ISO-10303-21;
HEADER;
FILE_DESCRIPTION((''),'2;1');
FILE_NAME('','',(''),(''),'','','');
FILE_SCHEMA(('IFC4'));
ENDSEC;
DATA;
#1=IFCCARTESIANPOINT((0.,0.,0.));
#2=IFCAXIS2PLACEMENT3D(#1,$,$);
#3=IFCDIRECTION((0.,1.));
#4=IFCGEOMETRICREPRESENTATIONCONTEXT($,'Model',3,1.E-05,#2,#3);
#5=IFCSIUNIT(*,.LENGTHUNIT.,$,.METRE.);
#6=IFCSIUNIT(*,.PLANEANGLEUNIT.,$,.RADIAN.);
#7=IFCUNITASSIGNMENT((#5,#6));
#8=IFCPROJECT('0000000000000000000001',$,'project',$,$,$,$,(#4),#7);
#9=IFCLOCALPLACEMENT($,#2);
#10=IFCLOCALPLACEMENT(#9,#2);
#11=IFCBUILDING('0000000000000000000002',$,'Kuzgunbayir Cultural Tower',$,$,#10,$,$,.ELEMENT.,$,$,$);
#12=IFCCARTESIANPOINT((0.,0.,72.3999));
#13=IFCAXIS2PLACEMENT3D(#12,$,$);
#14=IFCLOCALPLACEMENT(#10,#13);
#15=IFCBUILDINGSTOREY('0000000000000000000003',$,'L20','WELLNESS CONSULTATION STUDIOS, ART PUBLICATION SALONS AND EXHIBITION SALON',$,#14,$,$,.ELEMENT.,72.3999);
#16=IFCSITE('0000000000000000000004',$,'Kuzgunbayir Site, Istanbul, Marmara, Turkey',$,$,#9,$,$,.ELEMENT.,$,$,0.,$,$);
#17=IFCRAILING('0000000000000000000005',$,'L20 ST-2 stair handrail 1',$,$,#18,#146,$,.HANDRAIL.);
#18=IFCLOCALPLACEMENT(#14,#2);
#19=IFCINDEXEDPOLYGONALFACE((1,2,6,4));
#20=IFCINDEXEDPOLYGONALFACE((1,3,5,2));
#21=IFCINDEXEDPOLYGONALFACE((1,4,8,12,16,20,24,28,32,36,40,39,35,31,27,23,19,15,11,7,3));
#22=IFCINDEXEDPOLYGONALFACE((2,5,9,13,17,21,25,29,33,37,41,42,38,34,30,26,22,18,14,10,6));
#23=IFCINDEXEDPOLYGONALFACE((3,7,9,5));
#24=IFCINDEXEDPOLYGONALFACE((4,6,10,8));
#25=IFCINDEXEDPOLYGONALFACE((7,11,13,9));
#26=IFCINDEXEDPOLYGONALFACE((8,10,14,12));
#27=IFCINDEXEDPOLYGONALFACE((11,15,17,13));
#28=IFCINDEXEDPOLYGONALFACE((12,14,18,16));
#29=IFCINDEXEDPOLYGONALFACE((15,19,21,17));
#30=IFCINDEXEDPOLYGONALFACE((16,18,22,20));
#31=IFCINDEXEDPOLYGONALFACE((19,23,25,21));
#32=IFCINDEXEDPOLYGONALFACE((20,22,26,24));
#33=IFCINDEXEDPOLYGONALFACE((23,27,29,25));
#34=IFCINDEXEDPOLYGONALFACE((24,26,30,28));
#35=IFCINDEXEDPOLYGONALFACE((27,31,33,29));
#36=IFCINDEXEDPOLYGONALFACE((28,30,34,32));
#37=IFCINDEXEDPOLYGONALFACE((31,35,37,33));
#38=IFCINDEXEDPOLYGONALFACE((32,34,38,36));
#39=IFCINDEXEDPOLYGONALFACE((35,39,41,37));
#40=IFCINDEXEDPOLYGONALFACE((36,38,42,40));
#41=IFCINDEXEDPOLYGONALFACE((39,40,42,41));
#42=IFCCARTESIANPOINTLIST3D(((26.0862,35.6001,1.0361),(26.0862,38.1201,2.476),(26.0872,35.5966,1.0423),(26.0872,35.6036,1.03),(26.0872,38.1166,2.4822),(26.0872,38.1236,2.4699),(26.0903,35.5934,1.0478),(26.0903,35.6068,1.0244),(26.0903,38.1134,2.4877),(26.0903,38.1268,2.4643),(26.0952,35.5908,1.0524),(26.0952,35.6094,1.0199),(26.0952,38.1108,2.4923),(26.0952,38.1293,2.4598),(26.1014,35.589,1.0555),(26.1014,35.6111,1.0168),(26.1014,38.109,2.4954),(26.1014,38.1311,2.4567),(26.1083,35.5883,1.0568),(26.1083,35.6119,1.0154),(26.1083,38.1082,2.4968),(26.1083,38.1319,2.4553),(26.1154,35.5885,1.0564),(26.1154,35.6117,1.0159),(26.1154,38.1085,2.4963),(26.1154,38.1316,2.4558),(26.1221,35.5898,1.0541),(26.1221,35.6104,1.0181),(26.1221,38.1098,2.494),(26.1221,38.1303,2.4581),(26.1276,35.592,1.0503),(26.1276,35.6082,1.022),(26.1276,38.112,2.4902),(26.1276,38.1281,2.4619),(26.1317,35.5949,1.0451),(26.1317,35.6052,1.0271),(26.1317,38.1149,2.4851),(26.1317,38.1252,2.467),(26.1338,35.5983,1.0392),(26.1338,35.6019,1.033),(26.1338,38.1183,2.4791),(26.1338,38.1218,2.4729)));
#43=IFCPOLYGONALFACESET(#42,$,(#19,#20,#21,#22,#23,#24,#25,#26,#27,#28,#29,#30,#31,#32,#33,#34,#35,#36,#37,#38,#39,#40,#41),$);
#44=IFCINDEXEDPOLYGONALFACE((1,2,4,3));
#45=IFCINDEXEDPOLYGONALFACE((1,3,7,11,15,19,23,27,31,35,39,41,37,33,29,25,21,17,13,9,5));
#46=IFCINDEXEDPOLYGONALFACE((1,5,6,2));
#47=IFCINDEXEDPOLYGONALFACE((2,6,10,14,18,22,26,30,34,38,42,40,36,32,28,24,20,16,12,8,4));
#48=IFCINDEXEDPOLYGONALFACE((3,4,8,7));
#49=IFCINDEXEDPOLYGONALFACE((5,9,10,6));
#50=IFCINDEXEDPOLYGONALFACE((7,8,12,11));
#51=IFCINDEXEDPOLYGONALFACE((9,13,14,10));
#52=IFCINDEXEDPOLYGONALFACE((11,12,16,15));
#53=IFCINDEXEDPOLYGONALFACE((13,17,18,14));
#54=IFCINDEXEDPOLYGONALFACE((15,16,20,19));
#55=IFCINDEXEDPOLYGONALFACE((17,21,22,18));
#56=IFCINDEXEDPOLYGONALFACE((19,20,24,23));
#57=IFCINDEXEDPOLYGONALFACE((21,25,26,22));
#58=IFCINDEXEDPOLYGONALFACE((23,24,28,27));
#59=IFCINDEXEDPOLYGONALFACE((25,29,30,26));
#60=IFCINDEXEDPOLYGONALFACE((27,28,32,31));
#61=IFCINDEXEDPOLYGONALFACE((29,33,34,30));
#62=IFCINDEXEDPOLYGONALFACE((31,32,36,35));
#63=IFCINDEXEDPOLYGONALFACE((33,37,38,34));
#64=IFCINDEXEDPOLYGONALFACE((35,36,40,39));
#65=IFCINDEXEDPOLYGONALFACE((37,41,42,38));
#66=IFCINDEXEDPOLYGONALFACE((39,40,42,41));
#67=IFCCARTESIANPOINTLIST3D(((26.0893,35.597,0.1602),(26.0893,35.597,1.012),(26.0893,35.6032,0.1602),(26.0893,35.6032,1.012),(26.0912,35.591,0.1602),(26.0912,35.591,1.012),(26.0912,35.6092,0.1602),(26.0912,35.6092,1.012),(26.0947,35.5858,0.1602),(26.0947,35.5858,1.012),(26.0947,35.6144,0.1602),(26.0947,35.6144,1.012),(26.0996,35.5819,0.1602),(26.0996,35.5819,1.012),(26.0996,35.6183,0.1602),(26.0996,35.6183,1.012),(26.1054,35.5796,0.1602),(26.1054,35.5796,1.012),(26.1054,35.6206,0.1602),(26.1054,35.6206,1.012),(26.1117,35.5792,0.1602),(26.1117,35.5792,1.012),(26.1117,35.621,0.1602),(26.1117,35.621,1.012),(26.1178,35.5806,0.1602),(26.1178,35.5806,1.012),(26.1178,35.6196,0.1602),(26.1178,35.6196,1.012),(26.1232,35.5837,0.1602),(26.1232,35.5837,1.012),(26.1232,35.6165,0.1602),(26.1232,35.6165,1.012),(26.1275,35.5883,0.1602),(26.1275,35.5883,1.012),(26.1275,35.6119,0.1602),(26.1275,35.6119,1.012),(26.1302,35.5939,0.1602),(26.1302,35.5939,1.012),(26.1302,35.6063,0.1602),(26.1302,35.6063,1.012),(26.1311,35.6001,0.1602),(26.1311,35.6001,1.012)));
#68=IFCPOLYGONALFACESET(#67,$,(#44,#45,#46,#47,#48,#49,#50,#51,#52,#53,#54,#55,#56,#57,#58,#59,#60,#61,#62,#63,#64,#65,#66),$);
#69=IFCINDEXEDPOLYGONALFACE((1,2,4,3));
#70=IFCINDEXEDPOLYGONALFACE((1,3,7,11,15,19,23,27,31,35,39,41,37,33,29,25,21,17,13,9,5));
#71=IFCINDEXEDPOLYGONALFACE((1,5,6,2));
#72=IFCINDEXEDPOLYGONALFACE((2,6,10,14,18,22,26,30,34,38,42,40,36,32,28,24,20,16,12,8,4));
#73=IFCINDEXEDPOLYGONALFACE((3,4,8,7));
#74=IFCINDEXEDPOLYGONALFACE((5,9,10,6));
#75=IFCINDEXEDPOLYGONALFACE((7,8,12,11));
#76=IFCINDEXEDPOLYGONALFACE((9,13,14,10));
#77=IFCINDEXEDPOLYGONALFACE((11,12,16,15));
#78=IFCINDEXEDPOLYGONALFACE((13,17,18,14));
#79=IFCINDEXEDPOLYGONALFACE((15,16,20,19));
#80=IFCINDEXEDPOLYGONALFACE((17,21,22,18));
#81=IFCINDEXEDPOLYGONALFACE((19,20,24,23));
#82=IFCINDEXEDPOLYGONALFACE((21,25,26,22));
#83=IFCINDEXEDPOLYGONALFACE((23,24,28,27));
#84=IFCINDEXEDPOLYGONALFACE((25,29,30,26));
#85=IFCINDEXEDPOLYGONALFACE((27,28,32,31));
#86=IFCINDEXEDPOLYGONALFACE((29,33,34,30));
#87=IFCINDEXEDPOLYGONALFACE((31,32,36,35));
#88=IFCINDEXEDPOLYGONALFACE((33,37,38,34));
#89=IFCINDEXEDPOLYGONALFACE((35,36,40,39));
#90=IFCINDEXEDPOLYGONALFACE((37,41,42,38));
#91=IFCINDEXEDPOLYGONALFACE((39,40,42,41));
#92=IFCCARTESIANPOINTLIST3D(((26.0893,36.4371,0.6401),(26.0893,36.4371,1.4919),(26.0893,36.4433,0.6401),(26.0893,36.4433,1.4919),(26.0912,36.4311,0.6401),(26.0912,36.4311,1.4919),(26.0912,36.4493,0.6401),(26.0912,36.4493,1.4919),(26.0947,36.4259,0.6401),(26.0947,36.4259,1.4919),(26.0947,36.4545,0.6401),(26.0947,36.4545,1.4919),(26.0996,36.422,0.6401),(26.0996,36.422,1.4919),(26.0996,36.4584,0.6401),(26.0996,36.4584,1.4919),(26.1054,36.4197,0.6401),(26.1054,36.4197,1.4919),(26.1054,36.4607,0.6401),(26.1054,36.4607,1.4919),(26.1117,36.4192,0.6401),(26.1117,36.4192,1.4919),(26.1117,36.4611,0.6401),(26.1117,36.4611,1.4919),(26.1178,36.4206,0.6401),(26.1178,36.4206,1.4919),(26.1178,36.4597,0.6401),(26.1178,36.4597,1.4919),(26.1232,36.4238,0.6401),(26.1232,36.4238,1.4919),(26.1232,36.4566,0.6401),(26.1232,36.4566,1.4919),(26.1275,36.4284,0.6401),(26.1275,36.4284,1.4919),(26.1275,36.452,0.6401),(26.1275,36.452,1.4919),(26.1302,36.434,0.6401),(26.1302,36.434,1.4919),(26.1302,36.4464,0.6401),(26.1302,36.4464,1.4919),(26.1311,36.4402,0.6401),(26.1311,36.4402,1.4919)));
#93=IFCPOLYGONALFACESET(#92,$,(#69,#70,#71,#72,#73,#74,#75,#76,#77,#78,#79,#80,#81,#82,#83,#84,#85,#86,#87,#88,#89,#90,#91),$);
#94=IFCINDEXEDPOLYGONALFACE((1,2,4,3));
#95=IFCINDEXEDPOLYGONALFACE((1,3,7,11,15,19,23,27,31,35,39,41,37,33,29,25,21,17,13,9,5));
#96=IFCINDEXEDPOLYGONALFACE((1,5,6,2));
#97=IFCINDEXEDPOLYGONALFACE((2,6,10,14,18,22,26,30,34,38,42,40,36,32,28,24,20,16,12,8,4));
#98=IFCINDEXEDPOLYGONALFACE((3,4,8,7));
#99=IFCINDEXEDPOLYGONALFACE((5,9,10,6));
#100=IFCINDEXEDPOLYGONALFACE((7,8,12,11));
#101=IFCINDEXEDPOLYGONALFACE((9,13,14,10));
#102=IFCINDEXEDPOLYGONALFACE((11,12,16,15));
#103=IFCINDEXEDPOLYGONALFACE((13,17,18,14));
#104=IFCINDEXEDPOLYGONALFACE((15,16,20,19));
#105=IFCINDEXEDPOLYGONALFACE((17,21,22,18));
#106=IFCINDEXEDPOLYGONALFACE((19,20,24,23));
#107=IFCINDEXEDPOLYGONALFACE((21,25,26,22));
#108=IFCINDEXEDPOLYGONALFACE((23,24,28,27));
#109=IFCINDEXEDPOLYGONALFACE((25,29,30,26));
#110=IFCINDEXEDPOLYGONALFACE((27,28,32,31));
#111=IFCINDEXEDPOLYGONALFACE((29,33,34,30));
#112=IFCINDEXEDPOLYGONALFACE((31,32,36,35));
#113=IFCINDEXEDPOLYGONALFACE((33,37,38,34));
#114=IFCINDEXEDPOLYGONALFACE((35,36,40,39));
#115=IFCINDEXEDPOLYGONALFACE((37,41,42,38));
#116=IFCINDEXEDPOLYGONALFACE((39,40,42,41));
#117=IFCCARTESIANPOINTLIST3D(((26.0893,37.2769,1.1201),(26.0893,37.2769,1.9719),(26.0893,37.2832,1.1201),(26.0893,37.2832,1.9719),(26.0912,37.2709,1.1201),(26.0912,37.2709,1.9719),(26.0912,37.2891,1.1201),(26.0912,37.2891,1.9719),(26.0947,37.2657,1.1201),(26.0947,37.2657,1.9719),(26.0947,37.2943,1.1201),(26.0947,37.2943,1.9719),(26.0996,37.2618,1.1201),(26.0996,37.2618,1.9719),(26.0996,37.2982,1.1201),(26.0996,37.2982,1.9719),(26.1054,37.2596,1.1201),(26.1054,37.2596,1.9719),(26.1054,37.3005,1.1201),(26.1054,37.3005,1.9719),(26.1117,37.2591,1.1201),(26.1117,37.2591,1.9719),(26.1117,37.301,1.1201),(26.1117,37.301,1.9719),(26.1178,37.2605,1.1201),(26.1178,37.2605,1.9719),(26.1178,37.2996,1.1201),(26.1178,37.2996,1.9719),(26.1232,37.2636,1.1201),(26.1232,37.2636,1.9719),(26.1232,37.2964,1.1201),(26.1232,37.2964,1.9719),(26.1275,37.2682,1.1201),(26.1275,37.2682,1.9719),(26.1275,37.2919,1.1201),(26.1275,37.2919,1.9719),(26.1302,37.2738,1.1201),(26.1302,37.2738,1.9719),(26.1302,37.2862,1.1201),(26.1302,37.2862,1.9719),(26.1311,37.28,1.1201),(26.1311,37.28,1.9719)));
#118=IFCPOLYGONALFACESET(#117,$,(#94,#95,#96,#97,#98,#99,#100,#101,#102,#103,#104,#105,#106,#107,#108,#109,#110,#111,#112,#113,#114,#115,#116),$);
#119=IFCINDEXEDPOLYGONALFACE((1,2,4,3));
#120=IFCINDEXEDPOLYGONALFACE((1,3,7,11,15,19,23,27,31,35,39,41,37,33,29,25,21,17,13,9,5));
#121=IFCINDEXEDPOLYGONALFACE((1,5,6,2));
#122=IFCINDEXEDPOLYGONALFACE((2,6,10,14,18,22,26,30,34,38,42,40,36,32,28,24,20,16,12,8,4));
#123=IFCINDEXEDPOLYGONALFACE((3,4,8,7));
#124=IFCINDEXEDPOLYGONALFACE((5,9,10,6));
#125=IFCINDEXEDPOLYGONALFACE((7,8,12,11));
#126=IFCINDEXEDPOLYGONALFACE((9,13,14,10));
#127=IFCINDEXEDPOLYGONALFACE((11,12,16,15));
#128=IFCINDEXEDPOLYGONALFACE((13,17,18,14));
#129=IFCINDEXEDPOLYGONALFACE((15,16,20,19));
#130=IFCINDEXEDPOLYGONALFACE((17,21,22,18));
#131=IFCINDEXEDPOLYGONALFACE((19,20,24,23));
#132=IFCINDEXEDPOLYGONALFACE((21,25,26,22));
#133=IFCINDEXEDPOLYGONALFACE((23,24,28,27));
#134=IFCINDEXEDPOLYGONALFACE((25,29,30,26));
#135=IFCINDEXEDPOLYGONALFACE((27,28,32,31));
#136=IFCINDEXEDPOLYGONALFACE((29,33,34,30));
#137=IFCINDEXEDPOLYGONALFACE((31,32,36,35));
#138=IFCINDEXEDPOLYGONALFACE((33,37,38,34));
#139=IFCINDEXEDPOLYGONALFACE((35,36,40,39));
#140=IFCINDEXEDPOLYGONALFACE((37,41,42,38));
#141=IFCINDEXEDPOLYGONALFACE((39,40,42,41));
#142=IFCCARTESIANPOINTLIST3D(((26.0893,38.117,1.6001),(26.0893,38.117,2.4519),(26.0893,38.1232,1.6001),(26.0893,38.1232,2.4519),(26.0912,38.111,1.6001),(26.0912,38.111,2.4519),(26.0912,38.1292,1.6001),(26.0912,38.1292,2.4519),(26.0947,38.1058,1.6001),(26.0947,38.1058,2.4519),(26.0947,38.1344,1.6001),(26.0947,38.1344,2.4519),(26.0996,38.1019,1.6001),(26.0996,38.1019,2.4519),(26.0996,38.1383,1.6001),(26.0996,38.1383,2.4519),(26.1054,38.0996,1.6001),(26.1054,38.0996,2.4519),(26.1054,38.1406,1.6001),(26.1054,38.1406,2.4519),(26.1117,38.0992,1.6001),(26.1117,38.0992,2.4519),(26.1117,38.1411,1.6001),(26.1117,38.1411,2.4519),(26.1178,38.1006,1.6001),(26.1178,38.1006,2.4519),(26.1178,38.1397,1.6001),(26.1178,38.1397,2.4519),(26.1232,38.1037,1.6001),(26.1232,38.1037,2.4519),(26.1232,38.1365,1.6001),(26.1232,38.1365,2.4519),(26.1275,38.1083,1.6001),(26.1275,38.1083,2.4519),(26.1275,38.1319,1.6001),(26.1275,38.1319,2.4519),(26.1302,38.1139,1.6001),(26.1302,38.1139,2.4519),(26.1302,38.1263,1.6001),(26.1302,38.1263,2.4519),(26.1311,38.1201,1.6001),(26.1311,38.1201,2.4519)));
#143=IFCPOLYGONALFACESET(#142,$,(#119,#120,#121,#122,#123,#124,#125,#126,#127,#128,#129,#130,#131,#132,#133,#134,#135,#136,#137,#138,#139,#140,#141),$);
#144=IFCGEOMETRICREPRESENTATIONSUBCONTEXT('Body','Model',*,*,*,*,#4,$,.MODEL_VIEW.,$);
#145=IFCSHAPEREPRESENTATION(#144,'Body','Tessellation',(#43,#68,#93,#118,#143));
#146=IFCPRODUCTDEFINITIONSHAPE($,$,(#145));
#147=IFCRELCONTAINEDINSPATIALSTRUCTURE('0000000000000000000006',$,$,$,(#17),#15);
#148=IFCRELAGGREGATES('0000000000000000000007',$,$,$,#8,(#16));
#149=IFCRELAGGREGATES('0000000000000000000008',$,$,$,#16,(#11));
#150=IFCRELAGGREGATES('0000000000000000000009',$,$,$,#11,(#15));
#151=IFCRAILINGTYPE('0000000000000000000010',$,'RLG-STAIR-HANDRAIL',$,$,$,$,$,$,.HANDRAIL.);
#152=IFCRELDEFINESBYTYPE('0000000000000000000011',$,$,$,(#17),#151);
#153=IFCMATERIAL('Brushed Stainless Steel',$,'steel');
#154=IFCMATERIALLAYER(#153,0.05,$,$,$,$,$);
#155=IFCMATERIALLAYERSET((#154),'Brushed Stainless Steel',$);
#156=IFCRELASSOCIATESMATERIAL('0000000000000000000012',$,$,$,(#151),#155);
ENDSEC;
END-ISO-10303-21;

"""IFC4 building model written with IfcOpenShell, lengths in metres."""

from ifc_helpers import new_model, si_unit, direction, frame, origin, origin_2d, place, context, subcontext, project, spatial, circle, extrude, material, layer, layer_set, type_object, element, save


model = new_model("IFC4")

# Units and contexts
model_context = context("Model", 3, precision=1e-05, world=origin(), true_north=direction((0.0, 1.0)))
body_context = subcontext(model_context, "Body", "Model", "MODEL_VIEW")
ifc_project = project(units=[si_unit("LENGTHUNIT", "METRE"), si_unit("PLANEANGLEUNIT", "RADIAN")], contexts=[model_context])

# Site, building, storey
site_placement = place(None, origin())
site = spatial("IfcSite", under=ifc_project, at=site_placement, Name="Kuzgunbayir Site, Istanbul, Marmara, Turkey", CompositionType="ELEMENT", RefElevation=0.0)
building_placement = place(site_placement, origin())
building = spatial("IfcBuilding", under=site, at=building_placement, Name="Kuzgunbayir Cultural Tower", CompositionType="ELEMENT")
storey_placement = place(building_placement, frame((0.0, 0.0, 72.3999)))
storey = spatial("IfcBuildingStorey", under=building, at=storey_placement, Name="L20", Description="WELLNESS CONSULTATION STUDIOS, ART PUBLICATION SALONS AND EXHIBITION SALON", CompositionType="ELEMENT", Elevation=72.3999)

# Shared definitions
ifc_material_1 = material(Name="Brushed Stainless Steel", Category="steel")

# Railing
ifc_layer_1 = layer(ifc_material_1, 0.05)
ifc_layer_set_1 = layer_set([ifc_layer_1], Name="Brushed Stainless Steel")
railing_type_1 = type_object("IfcRailingType", Name="RLG-STAIR-HANDRAIL", PredefinedType="HANDRAIL", material=ifc_layer_set_1)
railing_1_placement = place(storey_placement, frame((26.1101, 35.6001, 0.1602)))
element("IfcRailing", 1, at=railing_1_placement, inside=storey, type_object=railing_type_1, Name="L20 ST-2 stair handrail 1", PredefinedType="HANDRAIL", context=body_context, shape_type="SweptSolid", body=[
    extrude(circle(Radius=0.0239, at=origin_2d()), frame((0.0, 0.0, 0.876), z_axis=(0.0, 0.868253, 0.496121), x_axis=(-1.0, 0.0, 0.0)), (0.0, 0.0, 1.0), 2.9023),
    extrude(circle(Radius=0.021, at=origin_2d()), origin(), (0.0, 0.0, 1.0), 0.8518),
    extrude(circle(Radius=0.021, at=origin_2d()), frame((0.0, 0.8401, 0.48)), (0.0, 0.0, 1.0), 0.8518),
    extrude(circle(Radius=0.021, at=origin_2d()), frame((0.0, 1.6799, 0.96)), (0.0, 0.0, 1.0), 0.8518),
    extrude(circle(Radius=0.021, at=origin_2d()), frame((0.0, 2.52, 1.4399)), (0.0, 0.0, 1.0), 0.8518),
])

save(model, "model.ifc")
